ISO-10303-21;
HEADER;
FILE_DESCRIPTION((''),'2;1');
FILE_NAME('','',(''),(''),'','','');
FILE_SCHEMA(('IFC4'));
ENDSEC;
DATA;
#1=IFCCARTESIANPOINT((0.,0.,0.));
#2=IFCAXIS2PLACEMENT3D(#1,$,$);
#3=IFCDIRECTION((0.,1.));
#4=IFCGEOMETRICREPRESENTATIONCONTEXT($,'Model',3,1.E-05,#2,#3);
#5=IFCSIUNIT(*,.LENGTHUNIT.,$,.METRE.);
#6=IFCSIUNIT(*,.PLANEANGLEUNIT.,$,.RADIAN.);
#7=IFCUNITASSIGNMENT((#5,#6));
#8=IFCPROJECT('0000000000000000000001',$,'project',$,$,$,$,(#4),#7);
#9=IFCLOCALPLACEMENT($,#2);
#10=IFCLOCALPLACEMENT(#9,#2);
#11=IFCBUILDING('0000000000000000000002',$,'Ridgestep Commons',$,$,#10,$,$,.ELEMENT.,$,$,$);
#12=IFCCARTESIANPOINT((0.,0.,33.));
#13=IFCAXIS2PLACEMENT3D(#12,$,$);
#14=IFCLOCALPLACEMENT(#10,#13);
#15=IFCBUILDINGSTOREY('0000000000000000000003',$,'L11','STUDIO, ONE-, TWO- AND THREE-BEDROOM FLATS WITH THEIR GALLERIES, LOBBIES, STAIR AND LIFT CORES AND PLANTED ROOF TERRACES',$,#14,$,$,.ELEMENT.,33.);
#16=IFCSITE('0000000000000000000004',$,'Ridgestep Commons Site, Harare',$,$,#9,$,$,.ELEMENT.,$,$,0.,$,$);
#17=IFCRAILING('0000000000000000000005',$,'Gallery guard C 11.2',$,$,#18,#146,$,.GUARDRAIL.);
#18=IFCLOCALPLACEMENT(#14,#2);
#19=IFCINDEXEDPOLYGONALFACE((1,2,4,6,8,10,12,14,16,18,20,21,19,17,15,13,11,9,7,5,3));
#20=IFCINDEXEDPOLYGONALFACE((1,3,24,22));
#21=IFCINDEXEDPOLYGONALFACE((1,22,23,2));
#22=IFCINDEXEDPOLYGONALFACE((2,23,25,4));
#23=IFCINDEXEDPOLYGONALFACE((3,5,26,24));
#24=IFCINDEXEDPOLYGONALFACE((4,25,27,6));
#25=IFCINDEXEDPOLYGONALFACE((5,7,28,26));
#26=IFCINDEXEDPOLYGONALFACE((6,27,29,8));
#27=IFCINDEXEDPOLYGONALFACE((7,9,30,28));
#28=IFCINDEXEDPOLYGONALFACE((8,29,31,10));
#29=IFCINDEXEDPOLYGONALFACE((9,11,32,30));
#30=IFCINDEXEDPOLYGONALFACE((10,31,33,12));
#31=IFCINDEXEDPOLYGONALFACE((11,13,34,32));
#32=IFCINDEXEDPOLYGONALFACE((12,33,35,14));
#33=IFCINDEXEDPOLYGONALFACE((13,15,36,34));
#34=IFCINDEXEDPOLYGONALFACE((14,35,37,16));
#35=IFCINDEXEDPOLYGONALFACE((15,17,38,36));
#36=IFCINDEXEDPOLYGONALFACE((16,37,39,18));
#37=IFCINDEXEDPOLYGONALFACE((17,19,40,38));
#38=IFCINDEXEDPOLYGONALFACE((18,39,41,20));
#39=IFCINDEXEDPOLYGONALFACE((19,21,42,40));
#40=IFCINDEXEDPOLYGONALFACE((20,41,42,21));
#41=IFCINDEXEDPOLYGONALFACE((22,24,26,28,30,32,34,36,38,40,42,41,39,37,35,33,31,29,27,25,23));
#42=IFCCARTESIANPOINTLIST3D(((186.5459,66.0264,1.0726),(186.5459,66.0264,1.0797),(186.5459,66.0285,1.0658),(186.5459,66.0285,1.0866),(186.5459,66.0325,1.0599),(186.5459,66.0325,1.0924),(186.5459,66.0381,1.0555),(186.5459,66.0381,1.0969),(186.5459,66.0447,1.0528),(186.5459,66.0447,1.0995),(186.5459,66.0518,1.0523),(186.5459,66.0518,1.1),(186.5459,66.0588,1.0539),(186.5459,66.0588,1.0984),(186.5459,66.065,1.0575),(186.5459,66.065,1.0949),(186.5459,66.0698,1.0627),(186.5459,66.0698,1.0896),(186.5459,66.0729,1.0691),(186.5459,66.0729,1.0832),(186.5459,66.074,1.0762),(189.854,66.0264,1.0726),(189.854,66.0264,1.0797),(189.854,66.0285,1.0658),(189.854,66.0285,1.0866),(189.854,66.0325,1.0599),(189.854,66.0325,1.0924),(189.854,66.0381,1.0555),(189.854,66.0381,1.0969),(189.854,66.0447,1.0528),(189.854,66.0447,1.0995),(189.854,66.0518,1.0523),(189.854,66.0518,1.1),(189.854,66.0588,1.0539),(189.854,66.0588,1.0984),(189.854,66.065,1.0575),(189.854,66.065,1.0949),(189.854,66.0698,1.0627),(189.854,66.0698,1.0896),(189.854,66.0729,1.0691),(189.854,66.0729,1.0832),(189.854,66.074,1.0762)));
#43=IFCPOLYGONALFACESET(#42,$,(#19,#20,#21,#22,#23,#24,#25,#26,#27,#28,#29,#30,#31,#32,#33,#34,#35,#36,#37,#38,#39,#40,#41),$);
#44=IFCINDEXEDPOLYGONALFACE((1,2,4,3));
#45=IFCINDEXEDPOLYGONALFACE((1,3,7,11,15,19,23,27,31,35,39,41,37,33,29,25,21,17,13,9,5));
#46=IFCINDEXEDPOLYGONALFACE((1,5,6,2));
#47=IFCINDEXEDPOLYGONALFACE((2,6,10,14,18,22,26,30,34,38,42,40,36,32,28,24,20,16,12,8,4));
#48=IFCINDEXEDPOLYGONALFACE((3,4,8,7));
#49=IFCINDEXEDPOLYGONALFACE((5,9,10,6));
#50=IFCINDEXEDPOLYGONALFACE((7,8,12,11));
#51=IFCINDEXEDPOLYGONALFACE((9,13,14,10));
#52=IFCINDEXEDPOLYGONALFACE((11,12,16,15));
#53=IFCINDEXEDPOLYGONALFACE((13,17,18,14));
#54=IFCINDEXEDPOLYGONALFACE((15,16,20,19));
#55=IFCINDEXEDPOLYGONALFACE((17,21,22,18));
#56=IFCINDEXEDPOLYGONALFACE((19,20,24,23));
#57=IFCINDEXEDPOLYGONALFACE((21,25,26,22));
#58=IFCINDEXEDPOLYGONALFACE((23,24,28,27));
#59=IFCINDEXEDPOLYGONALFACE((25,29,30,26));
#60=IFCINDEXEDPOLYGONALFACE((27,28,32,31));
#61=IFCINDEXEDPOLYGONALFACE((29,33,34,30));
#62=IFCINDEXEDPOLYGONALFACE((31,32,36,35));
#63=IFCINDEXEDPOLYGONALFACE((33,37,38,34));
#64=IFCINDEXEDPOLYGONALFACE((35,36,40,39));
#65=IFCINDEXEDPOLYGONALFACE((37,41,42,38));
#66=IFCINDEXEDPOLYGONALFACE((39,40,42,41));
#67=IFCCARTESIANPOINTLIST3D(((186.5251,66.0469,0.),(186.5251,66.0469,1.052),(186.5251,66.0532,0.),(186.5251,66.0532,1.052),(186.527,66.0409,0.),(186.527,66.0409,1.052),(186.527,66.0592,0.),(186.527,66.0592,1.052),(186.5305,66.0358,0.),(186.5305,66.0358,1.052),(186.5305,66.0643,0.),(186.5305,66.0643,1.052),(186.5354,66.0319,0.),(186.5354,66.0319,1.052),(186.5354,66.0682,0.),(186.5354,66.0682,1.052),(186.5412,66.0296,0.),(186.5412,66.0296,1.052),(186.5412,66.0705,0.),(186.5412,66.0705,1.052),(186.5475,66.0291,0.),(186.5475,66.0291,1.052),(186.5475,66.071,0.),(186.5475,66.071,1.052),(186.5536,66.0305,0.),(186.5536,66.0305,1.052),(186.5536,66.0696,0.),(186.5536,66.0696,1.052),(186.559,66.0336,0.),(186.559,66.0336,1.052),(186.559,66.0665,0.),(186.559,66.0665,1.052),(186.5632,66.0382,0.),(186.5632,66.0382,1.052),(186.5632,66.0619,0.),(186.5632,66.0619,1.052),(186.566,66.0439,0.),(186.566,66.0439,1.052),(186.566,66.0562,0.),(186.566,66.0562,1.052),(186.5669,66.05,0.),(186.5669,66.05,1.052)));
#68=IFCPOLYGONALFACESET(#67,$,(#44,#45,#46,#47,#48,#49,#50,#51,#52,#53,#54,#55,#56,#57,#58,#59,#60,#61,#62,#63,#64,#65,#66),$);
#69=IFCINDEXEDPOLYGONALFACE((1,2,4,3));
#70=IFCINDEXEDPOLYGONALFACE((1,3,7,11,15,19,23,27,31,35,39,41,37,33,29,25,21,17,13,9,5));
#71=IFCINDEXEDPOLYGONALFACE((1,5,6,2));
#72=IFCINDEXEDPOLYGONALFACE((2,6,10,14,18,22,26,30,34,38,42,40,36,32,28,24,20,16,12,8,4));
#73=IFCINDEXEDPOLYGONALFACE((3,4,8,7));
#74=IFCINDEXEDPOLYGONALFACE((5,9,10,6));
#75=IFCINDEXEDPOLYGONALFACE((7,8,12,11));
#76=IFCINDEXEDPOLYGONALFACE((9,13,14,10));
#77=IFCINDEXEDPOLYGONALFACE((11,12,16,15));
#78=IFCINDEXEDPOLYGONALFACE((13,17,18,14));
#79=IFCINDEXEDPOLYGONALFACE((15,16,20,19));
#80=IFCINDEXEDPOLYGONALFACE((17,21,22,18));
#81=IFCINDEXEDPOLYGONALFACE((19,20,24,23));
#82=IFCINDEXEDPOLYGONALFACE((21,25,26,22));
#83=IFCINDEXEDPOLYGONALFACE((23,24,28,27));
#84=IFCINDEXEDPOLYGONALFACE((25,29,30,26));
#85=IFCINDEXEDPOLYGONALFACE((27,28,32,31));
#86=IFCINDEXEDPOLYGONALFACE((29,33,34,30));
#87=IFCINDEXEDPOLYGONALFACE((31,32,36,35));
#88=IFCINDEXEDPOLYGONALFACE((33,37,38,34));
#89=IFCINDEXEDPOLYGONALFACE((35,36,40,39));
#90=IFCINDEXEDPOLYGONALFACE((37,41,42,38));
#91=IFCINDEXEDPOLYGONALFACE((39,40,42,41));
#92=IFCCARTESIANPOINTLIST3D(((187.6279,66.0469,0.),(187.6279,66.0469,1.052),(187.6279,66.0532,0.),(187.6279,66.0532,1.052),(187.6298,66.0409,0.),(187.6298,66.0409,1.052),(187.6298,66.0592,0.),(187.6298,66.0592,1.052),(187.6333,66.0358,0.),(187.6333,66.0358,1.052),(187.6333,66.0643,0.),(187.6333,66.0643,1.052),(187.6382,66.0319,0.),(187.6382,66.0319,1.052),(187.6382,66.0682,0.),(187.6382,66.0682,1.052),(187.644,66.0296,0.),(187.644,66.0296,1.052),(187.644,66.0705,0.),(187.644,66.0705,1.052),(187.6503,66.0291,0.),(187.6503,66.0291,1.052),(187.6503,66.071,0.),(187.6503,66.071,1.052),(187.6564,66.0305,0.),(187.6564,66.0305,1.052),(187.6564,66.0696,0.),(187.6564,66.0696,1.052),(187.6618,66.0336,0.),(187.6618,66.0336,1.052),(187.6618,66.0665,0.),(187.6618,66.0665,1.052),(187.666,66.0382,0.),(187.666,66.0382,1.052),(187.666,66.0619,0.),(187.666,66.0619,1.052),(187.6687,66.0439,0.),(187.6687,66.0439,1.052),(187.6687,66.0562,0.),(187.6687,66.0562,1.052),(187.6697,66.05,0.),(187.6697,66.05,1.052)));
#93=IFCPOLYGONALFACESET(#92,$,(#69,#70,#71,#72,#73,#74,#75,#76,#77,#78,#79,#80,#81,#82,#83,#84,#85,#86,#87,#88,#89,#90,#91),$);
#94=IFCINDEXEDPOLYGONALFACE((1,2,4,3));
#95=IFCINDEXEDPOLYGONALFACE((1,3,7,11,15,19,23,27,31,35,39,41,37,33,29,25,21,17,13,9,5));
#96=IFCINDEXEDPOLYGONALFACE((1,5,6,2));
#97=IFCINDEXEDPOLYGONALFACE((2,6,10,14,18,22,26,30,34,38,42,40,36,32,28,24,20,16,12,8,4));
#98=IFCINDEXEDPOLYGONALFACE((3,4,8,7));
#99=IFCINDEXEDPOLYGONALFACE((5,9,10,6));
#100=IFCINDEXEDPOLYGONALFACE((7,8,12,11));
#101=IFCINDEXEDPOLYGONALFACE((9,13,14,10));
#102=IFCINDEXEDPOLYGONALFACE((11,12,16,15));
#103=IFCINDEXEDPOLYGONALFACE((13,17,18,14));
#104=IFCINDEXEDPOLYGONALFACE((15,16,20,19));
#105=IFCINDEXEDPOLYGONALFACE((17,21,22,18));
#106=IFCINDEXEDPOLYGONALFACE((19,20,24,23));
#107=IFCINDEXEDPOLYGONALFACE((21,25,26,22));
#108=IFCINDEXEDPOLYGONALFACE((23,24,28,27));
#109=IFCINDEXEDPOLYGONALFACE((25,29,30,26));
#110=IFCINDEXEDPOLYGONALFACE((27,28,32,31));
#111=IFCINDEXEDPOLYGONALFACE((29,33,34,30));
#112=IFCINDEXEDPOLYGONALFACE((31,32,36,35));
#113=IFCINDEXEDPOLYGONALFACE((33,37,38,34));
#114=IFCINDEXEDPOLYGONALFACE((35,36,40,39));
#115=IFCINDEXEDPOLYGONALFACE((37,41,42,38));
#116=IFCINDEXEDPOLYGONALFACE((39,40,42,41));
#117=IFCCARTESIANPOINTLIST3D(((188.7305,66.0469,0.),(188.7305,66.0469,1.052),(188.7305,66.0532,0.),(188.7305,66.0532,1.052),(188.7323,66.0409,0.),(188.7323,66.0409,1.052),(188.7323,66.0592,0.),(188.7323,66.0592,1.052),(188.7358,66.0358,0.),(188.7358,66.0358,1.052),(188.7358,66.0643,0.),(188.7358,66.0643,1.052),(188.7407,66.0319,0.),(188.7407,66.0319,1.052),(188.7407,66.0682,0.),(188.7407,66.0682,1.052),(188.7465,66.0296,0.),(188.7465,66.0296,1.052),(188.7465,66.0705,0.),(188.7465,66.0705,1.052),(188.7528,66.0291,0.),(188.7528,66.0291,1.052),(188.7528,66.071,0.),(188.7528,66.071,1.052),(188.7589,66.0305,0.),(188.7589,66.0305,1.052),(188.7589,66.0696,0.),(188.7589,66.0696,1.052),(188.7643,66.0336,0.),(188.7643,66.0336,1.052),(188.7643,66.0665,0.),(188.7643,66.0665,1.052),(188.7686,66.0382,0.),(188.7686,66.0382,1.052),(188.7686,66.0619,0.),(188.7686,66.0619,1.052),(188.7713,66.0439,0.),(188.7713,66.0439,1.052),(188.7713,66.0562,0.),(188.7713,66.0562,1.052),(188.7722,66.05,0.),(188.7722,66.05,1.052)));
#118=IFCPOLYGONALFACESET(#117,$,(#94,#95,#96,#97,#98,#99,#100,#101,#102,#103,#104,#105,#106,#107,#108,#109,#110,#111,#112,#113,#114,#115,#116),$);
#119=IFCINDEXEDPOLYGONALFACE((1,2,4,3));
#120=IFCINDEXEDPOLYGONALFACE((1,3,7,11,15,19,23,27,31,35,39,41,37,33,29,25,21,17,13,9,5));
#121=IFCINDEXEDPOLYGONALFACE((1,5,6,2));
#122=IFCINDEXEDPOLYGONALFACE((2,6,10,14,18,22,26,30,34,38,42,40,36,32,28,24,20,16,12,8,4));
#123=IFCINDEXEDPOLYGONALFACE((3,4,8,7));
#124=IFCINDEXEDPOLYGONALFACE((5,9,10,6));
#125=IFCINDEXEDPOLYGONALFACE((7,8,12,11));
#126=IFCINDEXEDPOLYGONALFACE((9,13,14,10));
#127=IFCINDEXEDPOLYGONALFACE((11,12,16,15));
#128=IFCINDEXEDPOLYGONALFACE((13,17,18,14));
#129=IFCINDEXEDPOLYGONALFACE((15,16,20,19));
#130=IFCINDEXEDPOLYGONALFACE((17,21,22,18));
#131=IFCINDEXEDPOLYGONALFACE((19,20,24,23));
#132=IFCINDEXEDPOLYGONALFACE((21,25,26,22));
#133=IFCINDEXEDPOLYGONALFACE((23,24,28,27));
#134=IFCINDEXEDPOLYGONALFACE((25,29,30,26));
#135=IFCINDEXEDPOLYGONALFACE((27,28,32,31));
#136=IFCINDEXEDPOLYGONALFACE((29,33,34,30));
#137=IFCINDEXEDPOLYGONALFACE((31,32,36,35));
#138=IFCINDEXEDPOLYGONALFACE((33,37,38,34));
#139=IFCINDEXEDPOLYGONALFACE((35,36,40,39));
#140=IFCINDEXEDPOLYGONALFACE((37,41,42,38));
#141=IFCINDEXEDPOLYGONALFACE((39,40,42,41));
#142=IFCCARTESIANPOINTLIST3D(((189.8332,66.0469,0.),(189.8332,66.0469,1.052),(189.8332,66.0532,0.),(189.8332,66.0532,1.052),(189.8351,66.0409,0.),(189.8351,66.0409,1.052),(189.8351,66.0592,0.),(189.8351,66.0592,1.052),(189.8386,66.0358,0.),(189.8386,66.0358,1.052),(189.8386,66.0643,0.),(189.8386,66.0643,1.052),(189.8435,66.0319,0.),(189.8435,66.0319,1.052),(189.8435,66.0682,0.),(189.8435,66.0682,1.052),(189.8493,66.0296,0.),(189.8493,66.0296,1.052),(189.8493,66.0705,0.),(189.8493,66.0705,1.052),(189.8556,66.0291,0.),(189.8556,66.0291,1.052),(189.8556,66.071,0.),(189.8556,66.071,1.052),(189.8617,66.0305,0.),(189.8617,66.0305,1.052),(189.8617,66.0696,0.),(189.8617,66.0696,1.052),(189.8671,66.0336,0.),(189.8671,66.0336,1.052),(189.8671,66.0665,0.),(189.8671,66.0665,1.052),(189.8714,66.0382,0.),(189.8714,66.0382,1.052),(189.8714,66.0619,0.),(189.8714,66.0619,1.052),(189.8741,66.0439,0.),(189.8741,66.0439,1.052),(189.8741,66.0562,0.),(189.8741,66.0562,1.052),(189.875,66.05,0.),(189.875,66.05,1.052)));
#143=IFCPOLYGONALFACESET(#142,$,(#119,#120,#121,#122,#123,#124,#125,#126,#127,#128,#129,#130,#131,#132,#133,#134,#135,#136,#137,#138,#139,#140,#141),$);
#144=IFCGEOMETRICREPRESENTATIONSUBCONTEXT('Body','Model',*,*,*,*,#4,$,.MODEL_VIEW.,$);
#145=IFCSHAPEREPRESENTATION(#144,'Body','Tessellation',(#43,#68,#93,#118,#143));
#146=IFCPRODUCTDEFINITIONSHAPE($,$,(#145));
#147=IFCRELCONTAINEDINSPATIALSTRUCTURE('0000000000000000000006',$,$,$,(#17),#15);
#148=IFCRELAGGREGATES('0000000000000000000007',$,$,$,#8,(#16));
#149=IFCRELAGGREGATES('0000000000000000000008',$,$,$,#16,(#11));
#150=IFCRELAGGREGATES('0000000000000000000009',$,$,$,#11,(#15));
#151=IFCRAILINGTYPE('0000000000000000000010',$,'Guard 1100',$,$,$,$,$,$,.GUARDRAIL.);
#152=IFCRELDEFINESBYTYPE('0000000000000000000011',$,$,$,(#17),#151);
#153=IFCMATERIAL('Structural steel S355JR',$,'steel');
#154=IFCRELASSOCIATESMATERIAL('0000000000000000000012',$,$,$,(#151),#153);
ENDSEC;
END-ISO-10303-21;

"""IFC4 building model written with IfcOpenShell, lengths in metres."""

from ifc_helpers import new_model, si_unit, direction, frame, origin, origin_2d, place, context, subcontext, project, spatial, circle, extrude, material, type_object, element, save


model = new_model("IFC4")

# Units and contexts
model_context = context("Model", 3, precision=1e-05, world=origin(), true_north=direction((0.0, 1.0)))
body_context = subcontext(model_context, "Body", "Model", "MODEL_VIEW")
ifc_project = project(units=[si_unit("LENGTHUNIT", "METRE"), si_unit("PLANEANGLEUNIT", "RADIAN")], contexts=[model_context])

# Site, building, storey
site_placement = place(None, origin())
site = spatial("IfcSite", under=ifc_project, at=site_placement, Name="Ridgestep Commons Site, Harare", CompositionType="ELEMENT", RefElevation=0.0)
building_placement = place(site_placement, origin())
building = spatial("IfcBuilding", under=site, at=building_placement, Name="Ridgestep Commons", CompositionType="ELEMENT")
storey_placement = place(building_placement, frame((0.0, 0.0, 33.0)))
storey = spatial("IfcBuildingStorey", under=building, at=storey_placement, Name="L11", Description="STUDIO, ONE-, TWO- AND THREE-BEDROOM FLATS WITH THEIR GALLERIES, LOBBIES, STAIR AND LIFT CORES AND PLANTED ROOF TERRACES", CompositionType="ELEMENT", Elevation=33.0)

# Railing
ifc_material_1 = material(Name="Structural steel S355JR", Category="steel")
railing_type = type_object("IfcRailingType", Name="Guard 1100", PredefinedType="GUARDRAIL", material=ifc_material_1)
railing_1_placement = place(storey_placement, frame((186.5459, 66.05, 0.0)))
element("IfcRailing", 1, at=railing_1_placement, inside=storey, type_object=railing_type, Name="Gallery guard C 11.2", PredefinedType="GUARDRAIL", context=body_context, shape_type="SweptSolid", body=[
    extrude(circle(Radius=0.0239, at=origin_2d()), frame((0.0, 0.0, 1.0762), z_axis=(1.0, 0.0, 0.0), x_axis=(0.0, 1.0, 0.0)), (0.0, 0.0, 1.0), 3.3081),
    extrude(circle(Radius=0.021, at=origin_2d()), origin(), (0.0, 0.0, 1.0), 1.052),
    extrude(circle(Radius=0.021, at=origin_2d()), frame((1.1028, 0.0, 0.0)), (0.0, 0.0, 1.0), 1.052),
    extrude(circle(Radius=0.021, at=origin_2d()), frame((2.2053, 0.0, 0.0)), (0.0, 0.0, 1.0), 1.052),
    extrude(circle(Radius=0.021, at=origin_2d()), frame((3.3081, 0.0, 0.0)), (0.0, 0.0, 1.0), 1.052),
])

save(model, "model.ifc")
